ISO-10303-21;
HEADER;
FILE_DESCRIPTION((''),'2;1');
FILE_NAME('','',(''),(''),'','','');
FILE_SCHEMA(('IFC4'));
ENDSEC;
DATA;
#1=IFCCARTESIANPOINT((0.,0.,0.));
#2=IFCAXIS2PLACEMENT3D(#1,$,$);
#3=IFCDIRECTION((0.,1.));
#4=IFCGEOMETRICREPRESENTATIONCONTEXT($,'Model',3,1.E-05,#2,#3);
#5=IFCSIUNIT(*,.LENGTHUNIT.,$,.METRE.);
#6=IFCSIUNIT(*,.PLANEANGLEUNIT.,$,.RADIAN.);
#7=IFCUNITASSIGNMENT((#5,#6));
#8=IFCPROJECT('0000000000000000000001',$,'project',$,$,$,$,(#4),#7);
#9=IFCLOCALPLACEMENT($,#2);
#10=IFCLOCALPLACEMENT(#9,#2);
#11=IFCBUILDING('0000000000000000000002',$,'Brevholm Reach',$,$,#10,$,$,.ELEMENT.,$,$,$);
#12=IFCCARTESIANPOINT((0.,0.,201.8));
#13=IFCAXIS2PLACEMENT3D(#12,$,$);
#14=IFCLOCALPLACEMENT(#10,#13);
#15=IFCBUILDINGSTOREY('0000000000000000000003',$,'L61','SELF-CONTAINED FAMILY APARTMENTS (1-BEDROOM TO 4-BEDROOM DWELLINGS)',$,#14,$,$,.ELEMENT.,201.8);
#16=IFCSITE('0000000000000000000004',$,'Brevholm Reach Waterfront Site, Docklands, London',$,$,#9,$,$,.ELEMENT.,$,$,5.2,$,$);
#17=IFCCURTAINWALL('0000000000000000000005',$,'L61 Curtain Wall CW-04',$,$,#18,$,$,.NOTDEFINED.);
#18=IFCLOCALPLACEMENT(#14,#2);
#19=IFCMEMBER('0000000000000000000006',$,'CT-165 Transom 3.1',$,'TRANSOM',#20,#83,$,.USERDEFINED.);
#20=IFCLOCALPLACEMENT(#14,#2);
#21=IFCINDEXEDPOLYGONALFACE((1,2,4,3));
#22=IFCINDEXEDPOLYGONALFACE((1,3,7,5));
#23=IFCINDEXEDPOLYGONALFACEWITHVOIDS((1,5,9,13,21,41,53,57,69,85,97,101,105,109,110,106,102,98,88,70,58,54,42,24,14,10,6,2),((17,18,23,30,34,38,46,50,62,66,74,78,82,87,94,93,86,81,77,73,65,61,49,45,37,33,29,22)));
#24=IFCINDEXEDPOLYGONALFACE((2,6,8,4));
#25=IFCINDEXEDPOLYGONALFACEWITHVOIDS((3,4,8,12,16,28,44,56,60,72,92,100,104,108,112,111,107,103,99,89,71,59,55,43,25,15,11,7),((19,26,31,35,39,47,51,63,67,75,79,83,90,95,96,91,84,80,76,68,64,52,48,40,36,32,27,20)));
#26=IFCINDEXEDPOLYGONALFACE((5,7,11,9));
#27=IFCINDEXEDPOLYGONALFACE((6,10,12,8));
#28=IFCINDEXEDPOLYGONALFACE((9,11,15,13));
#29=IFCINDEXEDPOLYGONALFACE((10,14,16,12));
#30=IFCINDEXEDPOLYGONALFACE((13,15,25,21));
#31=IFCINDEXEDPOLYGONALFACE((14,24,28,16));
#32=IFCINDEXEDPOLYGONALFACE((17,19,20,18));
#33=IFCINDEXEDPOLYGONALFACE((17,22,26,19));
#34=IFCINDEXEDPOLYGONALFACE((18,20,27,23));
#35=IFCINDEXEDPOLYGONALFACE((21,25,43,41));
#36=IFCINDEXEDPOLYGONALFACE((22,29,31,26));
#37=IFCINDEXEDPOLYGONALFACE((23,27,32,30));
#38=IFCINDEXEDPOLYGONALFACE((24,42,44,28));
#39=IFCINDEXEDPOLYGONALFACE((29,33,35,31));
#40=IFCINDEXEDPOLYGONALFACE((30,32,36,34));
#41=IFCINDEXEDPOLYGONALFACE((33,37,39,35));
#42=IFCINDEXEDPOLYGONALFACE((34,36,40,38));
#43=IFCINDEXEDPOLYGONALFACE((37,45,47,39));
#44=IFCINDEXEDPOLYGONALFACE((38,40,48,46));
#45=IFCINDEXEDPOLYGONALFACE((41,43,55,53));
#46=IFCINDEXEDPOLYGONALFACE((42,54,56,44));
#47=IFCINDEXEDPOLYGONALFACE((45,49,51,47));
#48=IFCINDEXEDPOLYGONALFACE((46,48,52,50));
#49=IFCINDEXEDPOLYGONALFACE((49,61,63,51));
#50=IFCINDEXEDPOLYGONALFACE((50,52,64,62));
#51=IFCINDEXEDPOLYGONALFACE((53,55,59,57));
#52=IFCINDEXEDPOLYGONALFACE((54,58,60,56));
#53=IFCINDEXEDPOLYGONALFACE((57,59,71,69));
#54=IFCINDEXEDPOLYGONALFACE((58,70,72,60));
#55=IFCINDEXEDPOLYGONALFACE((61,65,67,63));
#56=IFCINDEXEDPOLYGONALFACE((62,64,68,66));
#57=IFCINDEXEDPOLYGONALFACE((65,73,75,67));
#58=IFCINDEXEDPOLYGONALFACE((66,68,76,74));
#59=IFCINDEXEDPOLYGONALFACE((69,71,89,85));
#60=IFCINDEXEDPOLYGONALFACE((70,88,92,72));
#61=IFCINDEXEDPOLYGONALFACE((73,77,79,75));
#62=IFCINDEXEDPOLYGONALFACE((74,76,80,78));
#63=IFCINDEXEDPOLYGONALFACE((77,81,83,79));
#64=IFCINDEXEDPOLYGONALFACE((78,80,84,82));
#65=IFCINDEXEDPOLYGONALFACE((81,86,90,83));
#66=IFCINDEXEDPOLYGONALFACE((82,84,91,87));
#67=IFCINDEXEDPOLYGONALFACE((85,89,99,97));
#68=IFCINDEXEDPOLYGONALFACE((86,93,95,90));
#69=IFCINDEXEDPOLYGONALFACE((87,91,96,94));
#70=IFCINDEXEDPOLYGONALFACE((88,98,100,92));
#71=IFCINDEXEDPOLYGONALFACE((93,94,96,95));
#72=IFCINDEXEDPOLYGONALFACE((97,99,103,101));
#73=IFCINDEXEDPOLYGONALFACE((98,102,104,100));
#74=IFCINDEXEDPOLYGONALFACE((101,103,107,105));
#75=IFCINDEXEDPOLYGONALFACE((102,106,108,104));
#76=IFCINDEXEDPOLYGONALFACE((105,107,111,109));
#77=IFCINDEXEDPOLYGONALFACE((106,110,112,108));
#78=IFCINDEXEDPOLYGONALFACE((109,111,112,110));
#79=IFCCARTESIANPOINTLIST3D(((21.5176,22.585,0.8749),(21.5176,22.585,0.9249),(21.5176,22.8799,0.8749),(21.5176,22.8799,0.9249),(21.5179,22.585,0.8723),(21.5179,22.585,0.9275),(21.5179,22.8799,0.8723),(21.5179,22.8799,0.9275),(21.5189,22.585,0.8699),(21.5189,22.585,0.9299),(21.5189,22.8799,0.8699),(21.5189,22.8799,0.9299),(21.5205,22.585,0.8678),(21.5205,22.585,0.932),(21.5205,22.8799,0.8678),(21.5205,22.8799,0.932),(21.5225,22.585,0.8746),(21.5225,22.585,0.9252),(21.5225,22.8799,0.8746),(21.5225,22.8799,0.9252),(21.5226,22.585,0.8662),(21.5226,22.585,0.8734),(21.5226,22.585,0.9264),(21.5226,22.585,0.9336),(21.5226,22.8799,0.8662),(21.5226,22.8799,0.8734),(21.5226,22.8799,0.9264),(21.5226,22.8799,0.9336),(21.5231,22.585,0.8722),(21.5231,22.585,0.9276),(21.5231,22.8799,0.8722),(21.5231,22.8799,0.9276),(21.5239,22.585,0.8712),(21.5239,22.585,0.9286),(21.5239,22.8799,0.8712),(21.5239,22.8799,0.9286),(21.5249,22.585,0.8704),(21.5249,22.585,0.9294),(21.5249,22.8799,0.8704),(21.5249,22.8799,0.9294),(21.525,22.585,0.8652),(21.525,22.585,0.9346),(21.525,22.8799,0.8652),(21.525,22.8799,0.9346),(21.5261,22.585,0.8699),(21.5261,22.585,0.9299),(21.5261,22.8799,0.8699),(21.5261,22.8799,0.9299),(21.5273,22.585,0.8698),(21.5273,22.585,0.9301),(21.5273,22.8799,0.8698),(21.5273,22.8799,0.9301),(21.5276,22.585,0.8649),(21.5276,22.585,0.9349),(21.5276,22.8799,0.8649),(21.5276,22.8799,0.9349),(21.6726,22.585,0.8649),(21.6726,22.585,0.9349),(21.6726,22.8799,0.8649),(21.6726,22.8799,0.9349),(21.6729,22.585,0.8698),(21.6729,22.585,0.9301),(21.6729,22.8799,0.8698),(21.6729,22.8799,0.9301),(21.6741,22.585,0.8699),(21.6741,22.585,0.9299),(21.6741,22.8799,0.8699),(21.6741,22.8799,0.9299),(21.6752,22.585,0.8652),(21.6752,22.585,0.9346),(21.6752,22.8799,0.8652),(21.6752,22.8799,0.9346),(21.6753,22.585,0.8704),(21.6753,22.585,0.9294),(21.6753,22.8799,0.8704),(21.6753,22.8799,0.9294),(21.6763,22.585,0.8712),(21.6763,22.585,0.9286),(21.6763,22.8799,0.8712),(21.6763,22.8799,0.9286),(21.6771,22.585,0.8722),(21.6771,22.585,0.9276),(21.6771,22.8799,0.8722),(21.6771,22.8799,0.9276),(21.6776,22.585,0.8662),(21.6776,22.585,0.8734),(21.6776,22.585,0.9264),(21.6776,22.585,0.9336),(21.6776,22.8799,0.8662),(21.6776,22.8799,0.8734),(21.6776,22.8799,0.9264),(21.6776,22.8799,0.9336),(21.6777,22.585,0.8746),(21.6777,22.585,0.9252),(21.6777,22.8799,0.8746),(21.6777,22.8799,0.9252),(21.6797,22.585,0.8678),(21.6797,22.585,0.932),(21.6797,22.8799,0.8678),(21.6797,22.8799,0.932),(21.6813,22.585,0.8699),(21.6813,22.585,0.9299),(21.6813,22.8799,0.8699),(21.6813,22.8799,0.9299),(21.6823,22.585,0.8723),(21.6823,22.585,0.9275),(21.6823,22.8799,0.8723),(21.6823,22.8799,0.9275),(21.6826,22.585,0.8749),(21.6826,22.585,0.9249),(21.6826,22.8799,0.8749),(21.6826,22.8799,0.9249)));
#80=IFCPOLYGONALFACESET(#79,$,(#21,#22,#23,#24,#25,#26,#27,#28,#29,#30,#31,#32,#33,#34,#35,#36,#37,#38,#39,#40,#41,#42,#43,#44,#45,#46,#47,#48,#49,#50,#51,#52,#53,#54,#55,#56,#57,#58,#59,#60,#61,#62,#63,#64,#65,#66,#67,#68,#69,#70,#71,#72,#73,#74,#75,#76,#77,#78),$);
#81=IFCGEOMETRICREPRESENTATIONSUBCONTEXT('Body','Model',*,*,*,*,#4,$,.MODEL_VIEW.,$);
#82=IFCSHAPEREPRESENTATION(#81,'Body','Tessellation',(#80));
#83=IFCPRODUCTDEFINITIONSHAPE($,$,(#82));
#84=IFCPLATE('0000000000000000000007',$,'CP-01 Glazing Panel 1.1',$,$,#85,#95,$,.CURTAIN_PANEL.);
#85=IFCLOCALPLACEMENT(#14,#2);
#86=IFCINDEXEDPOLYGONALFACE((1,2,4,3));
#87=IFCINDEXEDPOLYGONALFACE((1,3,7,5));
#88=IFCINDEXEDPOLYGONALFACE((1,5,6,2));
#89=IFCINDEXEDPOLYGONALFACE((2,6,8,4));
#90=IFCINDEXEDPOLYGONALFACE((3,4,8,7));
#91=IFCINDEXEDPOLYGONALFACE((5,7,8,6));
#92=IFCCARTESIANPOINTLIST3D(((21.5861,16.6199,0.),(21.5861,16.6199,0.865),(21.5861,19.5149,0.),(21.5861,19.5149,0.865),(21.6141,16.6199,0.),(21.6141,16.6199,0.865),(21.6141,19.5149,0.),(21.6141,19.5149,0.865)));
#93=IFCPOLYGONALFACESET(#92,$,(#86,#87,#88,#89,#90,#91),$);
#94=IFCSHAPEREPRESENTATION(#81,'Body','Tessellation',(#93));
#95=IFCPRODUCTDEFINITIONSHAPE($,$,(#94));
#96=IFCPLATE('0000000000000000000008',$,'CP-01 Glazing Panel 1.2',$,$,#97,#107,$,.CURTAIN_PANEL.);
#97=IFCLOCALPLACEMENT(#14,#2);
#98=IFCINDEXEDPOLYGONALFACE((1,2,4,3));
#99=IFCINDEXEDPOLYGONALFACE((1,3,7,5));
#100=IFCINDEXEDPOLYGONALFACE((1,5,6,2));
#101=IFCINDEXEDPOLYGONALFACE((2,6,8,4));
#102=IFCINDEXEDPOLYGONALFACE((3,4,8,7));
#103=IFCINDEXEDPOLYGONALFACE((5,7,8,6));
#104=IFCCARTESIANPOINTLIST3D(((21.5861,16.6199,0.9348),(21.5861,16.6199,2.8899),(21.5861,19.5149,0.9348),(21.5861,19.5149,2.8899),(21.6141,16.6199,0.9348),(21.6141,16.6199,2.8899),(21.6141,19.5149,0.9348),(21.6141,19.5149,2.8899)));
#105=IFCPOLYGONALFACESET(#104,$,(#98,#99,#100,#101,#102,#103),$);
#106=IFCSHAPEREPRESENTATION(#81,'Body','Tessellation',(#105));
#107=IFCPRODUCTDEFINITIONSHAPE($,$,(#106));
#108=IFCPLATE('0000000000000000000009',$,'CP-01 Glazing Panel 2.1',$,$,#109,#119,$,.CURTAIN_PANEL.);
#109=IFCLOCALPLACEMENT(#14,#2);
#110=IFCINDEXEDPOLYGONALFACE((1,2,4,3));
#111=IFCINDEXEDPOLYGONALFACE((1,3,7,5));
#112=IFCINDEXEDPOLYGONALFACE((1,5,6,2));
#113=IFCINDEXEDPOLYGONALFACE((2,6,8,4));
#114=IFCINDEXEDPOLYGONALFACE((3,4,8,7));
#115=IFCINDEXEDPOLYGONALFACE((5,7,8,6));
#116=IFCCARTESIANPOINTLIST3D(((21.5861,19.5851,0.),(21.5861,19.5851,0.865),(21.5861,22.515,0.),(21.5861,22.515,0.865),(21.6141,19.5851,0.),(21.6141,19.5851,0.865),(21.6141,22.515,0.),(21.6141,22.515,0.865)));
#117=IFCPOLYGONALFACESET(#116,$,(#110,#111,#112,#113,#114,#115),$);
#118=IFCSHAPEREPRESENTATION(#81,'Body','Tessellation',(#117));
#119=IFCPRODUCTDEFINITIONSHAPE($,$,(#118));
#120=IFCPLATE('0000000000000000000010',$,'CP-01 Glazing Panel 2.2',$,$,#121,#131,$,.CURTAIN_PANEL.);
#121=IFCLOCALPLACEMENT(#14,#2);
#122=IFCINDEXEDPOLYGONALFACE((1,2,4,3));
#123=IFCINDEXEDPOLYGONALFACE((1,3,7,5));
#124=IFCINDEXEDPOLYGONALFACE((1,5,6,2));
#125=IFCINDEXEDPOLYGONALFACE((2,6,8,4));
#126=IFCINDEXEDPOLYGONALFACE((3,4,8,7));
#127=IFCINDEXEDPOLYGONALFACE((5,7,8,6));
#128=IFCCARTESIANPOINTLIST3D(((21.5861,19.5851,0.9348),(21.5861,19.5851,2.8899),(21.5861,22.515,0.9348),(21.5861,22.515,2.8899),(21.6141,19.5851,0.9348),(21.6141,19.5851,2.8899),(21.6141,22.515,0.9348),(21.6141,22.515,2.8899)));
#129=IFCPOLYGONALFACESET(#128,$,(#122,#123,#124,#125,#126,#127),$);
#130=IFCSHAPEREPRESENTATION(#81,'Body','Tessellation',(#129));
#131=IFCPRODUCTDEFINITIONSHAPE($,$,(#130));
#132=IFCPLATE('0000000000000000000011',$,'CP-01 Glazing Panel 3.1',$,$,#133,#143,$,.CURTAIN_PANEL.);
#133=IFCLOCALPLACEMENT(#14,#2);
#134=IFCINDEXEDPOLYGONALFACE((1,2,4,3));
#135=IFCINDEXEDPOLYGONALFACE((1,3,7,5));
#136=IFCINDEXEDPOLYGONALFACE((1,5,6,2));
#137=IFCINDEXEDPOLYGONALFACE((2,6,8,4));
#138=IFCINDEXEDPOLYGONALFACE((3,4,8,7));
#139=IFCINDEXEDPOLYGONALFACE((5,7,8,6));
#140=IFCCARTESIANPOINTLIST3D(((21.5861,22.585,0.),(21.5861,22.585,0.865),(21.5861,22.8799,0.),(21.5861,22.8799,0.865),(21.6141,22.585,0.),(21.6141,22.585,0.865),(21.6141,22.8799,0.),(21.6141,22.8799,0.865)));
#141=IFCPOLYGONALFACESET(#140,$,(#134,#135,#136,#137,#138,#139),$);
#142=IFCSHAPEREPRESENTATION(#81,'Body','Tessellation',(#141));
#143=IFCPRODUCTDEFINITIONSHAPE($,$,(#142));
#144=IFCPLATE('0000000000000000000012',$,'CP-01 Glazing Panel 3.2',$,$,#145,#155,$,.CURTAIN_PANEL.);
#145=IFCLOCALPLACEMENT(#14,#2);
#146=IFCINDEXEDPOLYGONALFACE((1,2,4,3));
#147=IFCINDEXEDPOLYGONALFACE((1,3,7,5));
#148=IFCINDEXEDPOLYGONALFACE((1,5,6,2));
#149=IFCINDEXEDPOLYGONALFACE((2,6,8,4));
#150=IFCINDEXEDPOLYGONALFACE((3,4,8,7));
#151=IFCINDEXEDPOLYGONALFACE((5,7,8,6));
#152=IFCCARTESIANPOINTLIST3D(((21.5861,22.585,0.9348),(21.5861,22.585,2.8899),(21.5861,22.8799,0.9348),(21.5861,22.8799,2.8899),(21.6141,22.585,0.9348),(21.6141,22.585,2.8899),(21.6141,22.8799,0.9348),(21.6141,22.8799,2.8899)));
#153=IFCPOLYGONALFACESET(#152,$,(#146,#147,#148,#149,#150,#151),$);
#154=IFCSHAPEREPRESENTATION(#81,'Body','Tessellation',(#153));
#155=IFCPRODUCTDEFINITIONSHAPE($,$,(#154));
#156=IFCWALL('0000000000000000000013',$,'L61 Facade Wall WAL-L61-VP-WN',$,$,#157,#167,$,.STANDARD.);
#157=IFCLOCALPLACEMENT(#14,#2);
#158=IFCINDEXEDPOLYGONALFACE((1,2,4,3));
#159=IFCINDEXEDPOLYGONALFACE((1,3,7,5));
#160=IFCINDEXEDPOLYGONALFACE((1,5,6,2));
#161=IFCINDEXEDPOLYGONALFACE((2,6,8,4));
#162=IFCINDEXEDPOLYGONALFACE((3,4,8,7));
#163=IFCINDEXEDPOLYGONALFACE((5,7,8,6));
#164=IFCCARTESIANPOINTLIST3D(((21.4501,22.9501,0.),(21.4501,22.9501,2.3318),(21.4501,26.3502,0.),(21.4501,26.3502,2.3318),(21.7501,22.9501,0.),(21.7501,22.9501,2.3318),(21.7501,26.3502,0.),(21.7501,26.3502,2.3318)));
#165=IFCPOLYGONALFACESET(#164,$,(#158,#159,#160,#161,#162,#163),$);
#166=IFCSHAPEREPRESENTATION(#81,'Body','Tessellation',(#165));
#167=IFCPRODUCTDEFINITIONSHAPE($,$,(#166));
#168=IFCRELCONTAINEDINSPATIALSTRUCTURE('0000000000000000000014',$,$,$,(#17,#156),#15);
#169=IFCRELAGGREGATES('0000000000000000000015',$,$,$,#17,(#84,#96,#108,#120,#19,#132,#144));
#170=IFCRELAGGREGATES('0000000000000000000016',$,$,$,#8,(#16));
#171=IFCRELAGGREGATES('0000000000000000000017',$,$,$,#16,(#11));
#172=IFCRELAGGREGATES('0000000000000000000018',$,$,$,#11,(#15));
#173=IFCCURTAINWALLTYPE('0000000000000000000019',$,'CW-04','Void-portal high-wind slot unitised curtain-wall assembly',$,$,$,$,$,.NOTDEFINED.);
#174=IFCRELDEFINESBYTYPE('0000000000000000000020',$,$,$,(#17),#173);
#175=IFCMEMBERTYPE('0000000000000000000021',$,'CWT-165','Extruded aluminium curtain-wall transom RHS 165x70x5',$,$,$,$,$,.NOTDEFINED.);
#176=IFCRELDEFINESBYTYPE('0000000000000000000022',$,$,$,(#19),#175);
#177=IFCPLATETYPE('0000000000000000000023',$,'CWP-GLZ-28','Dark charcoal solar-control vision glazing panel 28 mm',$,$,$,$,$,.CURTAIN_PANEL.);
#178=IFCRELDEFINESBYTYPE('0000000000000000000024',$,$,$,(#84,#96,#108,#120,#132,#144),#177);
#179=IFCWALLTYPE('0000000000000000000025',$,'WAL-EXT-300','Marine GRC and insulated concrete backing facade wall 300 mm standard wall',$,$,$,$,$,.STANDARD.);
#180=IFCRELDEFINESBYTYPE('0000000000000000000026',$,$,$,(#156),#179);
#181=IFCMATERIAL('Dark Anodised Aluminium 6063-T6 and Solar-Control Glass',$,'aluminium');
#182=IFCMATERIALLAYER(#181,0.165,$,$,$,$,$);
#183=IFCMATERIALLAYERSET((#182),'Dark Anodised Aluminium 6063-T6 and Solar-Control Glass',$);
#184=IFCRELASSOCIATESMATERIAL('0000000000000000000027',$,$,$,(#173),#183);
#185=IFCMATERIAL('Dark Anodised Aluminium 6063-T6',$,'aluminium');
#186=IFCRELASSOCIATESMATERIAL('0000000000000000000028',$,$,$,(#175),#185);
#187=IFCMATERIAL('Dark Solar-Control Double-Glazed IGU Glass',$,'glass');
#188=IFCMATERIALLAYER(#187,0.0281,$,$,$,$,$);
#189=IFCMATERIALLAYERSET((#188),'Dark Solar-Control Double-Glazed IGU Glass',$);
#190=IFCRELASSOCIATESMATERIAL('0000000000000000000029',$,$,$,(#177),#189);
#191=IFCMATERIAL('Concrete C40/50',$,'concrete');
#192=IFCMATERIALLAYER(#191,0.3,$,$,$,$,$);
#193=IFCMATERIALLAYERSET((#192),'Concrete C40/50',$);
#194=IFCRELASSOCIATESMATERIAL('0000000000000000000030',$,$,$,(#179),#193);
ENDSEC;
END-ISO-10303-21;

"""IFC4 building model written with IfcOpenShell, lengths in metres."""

from ifc_helpers import new_model, si_unit, direction, frame, frame_2d, origin, origin_2d, place, context, subcontext, project, spatial, rectangle, hollow_rectangle, extrude, material, layer, layer_set, material_profile, profile_set, type_object, element, aggregate, save


model = new_model("IFC4")

# Units and contexts
model_context = context("Model", 3, precision=1e-05, world=origin(), true_north=direction((0.0, 1.0)))
body_context = subcontext(model_context, "Body", "Model", "MODEL_VIEW")
ifc_project = project(units=[si_unit("LENGTHUNIT", "METRE"), si_unit("PLANEANGLEUNIT", "RADIAN")], contexts=[model_context])

# Site, building, storey
site_placement = place(None, origin())
site = spatial("IfcSite", under=ifc_project, at=site_placement, Name="Brevholm Reach Waterfront Site, Docklands, London", CompositionType="ELEMENT", RefElevation=5.2)
building_placement = place(site_placement, origin())
building = spatial("IfcBuilding", under=site, at=building_placement, Name="Brevholm Reach", CompositionType="ELEMENT")
storey_placement = place(building_placement, frame((0.0, 0.0, 201.8)))
storey = spatial("IfcBuildingStorey", under=building, at=storey_placement, Name="L61", Description="SELF-CONTAINED FAMILY APARTMENTS (1-BEDROOM TO 4-BEDROOM DWELLINGS)", CompositionType="ELEMENT", Elevation=201.8)

# Curtain wall, member, plates
ifc_material_1 = material(Name="Dark Anodised Aluminium 6063-T6 and Solar-Control Glass", Category="aluminium")
ifc_layer_1 = layer(ifc_material_1, 0.165)
ifc_layer_set_1 = layer_set([ifc_layer_1], Name="Dark Anodised Aluminium 6063-T6 and Solar-Control Glass")
curtain_wall_type = type_object("IfcCurtainWallType", Name="CW-04", Description="Void-portal high-wind slot unitised curtain-wall assembly", PredefinedType="NOTDEFINED", material=ifc_layer_set_1)
curtain_wall_placement = place(storey_placement, origin())
curtain_wall = element("IfcCurtainWall", 1, at=curtain_wall_placement, inside=storey, type_object=curtain_wall_type, Name="L61 Curtain Wall CW-04", PredefinedType="NOTDEFINED")
ifc_material_2 = material(Name="Dark Anodised Aluminium 6063-T6", Category="aluminium")
ifc_material_profile_1 = material_profile(ifc_material_2, hollow_rectangle(XDim=0.0701, YDim=0.165, WallThickness=0.0049, InnerFilletRadius=0.0049, OuterFilletRadius=0.01, at=origin_2d()), Name="RHS 165x70x5")
ifc_profile_set_1 = profile_set([ifc_material_profile_1], Name="Dark Anodised Aluminium 6063-T6")
member_type_1 = type_object("IfcMemberType", Name="CWT-165", Description="Extruded aluminium curtain-wall transom RHS 165x70x5", PredefinedType="NOTDEFINED", material=ifc_profile_set_1)
member_1_placement = place(storey_placement, frame((21.6001, 22.585, 0.8999), z_axis=(0.0, 1.0, 0.0), x_axis=(0.0, 0.0, 1.0)))
member_1 = element("IfcMember", 2, at=member_1_placement, type_object=member_type_1, Name="CT-165 Transom 3.1", ObjectType="TRANSOM", PredefinedType="USERDEFINED", context=body_context, shape_type="SweptSolid", body=[
    extrude(hollow_rectangle(XDim=0.0701, YDim=0.165, WallThickness=0.0049, InnerFilletRadius=0.0049, OuterFilletRadius=0.01, at=origin_2d()), origin(), (0.0, 0.0, 1.0), 0.2949),
])
ifc_material_3 = material(Name="Dark Solar-Control Double-Glazed IGU Glass", Category="glass")
ifc_layer_2 = layer(ifc_material_3, 0.0281)
ifc_layer_set_2 = layer_set([ifc_layer_2], Name="Dark Solar-Control Double-Glazed IGU Glass")
plate_type = type_object("IfcPlateType", Name="CWP-GLZ-28", Description="Dark charcoal solar-control vision glazing panel 28 mm", PredefinedType="CURTAIN_PANEL", material=ifc_layer_set_2)
plate_1_placement = place(storey_placement, frame((21.6001, 18.0674, 0.0), z_axis=(0.0, 0.0, 1.0), x_axis=(0.0, 1.0, 0.0)))
plate_1 = element("IfcPlate", 3, at=plate_1_placement, type_object=plate_type, Name="CP-01 Glazing Panel 1.1", PredefinedType="CURTAIN_PANEL", context=body_context, shape_type="SweptSolid", body=[
    extrude(rectangle(XDim=2.895, YDim=0.0281, at=origin_2d()), origin(), (0.0, 0.0, 1.0), 0.865),
])
plate_2_placement = place(storey_placement, frame((21.6001, 18.0674, 0.9348), z_axis=(0.0, 0.0, 1.0), x_axis=(0.0, 1.0, 0.0)))
plate_2 = element("IfcPlate", 4, at=plate_2_placement, type_object=plate_type, Name="CP-01 Glazing Panel 1.2", PredefinedType="CURTAIN_PANEL", context=body_context, shape_type="SweptSolid", body=[
    extrude(rectangle(XDim=2.895, YDim=0.0281, at=origin_2d()), origin(), (0.0, 0.0, 1.0), 1.9551),
])
plate_3_placement = place(storey_placement, frame((21.6001, 21.05, 0.0), z_axis=(0.0, 0.0, 1.0), x_axis=(0.0, 1.0, 0.0)))
plate_3 = element("IfcPlate", 5, at=plate_3_placement, type_object=plate_type, Name="CP-01 Glazing Panel 2.1", PredefinedType="CURTAIN_PANEL", context=body_context, shape_type="SweptSolid", body=[
    extrude(rectangle(XDim=2.9299, YDim=0.0281, at=origin_2d()), origin(), (0.0, 0.0, 1.0), 0.865),
])
plate_4_placement = place(storey_placement, frame((21.6001, 21.05, 0.9348), z_axis=(0.0, 0.0, 1.0), x_axis=(0.0, 1.0, 0.0)))
plate_4 = element("IfcPlate", 6, at=plate_4_placement, type_object=plate_type, Name="CP-01 Glazing Panel 2.2", PredefinedType="CURTAIN_PANEL", context=body_context, shape_type="SweptSolid", body=[
    extrude(rectangle(XDim=2.9299, YDim=0.0281, at=origin_2d()), origin(), (0.0, 0.0, 1.0), 1.9551),
])
plate_5_placement = place(storey_placement, frame((21.6001, 22.7324, 0.0), z_axis=(0.0, 0.0, 1.0), x_axis=(0.0, 1.0, 0.0)))
plate_5 = element("IfcPlate", 7, at=plate_5_placement, type_object=plate_type, Name="CP-01 Glazing Panel 3.1", PredefinedType="CURTAIN_PANEL", context=body_context, shape_type="SweptSolid", body=[
    extrude(rectangle(XDim=0.2949, YDim=0.0281, at=origin_2d()), origin(), (0.0, 0.0, 1.0), 0.865),
])
plate_6_placement = place(storey_placement, frame((21.6001, 22.7324, 0.9348), z_axis=(0.0, 0.0, 1.0), x_axis=(0.0, 1.0, 0.0)))
plate_6 = element("IfcPlate", 8, at=plate_6_placement, type_object=plate_type, Name="CP-01 Glazing Panel 3.2", PredefinedType="CURTAIN_PANEL", context=body_context, shape_type="SweptSolid", body=[
    extrude(rectangle(XDim=0.2949, YDim=0.0281, at=origin_2d()), origin(), (0.0, 0.0, 1.0), 1.9551),
])
aggregate(curtain_wall, [plate_1, plate_2, plate_3, plate_4, member_1, plate_5, plate_6])

# Wall
ifc_material_4 = material(Name="Concrete C40/50", Category="concrete")
ifc_layer_3 = layer(ifc_material_4, 0.3)
ifc_layer_set_3 = layer_set([ifc_layer_3], Name="Concrete C40/50")
wall_type = type_object("IfcWallType", Name="WAL-EXT-300", Description="Marine GRC and insulated concrete backing facade wall 300 mm standard wall", PredefinedType="STANDARD", material=ifc_layer_set_3)
wall_placement = place(storey_placement, frame((21.6001, 22.95, 0.0), z_axis=(0.0, 0.0, 1.0), x_axis=(0.0, 1.0, 0.0)))
element("IfcWall", 9, at=wall_placement, inside=storey, type_object=wall_type, Name="L61 Facade Wall WAL-L61-VP-WN", PredefinedType="STANDARD", context=body_context, shape_type="SweptSolid", body=[
    extrude(rectangle(XDim=3.4001, YDim=0.3, at=frame_2d((1.7002, 0.0))), origin(), (0.0, 0.0, 1.0), 2.3318),
])

save(model, "model.ifc")
